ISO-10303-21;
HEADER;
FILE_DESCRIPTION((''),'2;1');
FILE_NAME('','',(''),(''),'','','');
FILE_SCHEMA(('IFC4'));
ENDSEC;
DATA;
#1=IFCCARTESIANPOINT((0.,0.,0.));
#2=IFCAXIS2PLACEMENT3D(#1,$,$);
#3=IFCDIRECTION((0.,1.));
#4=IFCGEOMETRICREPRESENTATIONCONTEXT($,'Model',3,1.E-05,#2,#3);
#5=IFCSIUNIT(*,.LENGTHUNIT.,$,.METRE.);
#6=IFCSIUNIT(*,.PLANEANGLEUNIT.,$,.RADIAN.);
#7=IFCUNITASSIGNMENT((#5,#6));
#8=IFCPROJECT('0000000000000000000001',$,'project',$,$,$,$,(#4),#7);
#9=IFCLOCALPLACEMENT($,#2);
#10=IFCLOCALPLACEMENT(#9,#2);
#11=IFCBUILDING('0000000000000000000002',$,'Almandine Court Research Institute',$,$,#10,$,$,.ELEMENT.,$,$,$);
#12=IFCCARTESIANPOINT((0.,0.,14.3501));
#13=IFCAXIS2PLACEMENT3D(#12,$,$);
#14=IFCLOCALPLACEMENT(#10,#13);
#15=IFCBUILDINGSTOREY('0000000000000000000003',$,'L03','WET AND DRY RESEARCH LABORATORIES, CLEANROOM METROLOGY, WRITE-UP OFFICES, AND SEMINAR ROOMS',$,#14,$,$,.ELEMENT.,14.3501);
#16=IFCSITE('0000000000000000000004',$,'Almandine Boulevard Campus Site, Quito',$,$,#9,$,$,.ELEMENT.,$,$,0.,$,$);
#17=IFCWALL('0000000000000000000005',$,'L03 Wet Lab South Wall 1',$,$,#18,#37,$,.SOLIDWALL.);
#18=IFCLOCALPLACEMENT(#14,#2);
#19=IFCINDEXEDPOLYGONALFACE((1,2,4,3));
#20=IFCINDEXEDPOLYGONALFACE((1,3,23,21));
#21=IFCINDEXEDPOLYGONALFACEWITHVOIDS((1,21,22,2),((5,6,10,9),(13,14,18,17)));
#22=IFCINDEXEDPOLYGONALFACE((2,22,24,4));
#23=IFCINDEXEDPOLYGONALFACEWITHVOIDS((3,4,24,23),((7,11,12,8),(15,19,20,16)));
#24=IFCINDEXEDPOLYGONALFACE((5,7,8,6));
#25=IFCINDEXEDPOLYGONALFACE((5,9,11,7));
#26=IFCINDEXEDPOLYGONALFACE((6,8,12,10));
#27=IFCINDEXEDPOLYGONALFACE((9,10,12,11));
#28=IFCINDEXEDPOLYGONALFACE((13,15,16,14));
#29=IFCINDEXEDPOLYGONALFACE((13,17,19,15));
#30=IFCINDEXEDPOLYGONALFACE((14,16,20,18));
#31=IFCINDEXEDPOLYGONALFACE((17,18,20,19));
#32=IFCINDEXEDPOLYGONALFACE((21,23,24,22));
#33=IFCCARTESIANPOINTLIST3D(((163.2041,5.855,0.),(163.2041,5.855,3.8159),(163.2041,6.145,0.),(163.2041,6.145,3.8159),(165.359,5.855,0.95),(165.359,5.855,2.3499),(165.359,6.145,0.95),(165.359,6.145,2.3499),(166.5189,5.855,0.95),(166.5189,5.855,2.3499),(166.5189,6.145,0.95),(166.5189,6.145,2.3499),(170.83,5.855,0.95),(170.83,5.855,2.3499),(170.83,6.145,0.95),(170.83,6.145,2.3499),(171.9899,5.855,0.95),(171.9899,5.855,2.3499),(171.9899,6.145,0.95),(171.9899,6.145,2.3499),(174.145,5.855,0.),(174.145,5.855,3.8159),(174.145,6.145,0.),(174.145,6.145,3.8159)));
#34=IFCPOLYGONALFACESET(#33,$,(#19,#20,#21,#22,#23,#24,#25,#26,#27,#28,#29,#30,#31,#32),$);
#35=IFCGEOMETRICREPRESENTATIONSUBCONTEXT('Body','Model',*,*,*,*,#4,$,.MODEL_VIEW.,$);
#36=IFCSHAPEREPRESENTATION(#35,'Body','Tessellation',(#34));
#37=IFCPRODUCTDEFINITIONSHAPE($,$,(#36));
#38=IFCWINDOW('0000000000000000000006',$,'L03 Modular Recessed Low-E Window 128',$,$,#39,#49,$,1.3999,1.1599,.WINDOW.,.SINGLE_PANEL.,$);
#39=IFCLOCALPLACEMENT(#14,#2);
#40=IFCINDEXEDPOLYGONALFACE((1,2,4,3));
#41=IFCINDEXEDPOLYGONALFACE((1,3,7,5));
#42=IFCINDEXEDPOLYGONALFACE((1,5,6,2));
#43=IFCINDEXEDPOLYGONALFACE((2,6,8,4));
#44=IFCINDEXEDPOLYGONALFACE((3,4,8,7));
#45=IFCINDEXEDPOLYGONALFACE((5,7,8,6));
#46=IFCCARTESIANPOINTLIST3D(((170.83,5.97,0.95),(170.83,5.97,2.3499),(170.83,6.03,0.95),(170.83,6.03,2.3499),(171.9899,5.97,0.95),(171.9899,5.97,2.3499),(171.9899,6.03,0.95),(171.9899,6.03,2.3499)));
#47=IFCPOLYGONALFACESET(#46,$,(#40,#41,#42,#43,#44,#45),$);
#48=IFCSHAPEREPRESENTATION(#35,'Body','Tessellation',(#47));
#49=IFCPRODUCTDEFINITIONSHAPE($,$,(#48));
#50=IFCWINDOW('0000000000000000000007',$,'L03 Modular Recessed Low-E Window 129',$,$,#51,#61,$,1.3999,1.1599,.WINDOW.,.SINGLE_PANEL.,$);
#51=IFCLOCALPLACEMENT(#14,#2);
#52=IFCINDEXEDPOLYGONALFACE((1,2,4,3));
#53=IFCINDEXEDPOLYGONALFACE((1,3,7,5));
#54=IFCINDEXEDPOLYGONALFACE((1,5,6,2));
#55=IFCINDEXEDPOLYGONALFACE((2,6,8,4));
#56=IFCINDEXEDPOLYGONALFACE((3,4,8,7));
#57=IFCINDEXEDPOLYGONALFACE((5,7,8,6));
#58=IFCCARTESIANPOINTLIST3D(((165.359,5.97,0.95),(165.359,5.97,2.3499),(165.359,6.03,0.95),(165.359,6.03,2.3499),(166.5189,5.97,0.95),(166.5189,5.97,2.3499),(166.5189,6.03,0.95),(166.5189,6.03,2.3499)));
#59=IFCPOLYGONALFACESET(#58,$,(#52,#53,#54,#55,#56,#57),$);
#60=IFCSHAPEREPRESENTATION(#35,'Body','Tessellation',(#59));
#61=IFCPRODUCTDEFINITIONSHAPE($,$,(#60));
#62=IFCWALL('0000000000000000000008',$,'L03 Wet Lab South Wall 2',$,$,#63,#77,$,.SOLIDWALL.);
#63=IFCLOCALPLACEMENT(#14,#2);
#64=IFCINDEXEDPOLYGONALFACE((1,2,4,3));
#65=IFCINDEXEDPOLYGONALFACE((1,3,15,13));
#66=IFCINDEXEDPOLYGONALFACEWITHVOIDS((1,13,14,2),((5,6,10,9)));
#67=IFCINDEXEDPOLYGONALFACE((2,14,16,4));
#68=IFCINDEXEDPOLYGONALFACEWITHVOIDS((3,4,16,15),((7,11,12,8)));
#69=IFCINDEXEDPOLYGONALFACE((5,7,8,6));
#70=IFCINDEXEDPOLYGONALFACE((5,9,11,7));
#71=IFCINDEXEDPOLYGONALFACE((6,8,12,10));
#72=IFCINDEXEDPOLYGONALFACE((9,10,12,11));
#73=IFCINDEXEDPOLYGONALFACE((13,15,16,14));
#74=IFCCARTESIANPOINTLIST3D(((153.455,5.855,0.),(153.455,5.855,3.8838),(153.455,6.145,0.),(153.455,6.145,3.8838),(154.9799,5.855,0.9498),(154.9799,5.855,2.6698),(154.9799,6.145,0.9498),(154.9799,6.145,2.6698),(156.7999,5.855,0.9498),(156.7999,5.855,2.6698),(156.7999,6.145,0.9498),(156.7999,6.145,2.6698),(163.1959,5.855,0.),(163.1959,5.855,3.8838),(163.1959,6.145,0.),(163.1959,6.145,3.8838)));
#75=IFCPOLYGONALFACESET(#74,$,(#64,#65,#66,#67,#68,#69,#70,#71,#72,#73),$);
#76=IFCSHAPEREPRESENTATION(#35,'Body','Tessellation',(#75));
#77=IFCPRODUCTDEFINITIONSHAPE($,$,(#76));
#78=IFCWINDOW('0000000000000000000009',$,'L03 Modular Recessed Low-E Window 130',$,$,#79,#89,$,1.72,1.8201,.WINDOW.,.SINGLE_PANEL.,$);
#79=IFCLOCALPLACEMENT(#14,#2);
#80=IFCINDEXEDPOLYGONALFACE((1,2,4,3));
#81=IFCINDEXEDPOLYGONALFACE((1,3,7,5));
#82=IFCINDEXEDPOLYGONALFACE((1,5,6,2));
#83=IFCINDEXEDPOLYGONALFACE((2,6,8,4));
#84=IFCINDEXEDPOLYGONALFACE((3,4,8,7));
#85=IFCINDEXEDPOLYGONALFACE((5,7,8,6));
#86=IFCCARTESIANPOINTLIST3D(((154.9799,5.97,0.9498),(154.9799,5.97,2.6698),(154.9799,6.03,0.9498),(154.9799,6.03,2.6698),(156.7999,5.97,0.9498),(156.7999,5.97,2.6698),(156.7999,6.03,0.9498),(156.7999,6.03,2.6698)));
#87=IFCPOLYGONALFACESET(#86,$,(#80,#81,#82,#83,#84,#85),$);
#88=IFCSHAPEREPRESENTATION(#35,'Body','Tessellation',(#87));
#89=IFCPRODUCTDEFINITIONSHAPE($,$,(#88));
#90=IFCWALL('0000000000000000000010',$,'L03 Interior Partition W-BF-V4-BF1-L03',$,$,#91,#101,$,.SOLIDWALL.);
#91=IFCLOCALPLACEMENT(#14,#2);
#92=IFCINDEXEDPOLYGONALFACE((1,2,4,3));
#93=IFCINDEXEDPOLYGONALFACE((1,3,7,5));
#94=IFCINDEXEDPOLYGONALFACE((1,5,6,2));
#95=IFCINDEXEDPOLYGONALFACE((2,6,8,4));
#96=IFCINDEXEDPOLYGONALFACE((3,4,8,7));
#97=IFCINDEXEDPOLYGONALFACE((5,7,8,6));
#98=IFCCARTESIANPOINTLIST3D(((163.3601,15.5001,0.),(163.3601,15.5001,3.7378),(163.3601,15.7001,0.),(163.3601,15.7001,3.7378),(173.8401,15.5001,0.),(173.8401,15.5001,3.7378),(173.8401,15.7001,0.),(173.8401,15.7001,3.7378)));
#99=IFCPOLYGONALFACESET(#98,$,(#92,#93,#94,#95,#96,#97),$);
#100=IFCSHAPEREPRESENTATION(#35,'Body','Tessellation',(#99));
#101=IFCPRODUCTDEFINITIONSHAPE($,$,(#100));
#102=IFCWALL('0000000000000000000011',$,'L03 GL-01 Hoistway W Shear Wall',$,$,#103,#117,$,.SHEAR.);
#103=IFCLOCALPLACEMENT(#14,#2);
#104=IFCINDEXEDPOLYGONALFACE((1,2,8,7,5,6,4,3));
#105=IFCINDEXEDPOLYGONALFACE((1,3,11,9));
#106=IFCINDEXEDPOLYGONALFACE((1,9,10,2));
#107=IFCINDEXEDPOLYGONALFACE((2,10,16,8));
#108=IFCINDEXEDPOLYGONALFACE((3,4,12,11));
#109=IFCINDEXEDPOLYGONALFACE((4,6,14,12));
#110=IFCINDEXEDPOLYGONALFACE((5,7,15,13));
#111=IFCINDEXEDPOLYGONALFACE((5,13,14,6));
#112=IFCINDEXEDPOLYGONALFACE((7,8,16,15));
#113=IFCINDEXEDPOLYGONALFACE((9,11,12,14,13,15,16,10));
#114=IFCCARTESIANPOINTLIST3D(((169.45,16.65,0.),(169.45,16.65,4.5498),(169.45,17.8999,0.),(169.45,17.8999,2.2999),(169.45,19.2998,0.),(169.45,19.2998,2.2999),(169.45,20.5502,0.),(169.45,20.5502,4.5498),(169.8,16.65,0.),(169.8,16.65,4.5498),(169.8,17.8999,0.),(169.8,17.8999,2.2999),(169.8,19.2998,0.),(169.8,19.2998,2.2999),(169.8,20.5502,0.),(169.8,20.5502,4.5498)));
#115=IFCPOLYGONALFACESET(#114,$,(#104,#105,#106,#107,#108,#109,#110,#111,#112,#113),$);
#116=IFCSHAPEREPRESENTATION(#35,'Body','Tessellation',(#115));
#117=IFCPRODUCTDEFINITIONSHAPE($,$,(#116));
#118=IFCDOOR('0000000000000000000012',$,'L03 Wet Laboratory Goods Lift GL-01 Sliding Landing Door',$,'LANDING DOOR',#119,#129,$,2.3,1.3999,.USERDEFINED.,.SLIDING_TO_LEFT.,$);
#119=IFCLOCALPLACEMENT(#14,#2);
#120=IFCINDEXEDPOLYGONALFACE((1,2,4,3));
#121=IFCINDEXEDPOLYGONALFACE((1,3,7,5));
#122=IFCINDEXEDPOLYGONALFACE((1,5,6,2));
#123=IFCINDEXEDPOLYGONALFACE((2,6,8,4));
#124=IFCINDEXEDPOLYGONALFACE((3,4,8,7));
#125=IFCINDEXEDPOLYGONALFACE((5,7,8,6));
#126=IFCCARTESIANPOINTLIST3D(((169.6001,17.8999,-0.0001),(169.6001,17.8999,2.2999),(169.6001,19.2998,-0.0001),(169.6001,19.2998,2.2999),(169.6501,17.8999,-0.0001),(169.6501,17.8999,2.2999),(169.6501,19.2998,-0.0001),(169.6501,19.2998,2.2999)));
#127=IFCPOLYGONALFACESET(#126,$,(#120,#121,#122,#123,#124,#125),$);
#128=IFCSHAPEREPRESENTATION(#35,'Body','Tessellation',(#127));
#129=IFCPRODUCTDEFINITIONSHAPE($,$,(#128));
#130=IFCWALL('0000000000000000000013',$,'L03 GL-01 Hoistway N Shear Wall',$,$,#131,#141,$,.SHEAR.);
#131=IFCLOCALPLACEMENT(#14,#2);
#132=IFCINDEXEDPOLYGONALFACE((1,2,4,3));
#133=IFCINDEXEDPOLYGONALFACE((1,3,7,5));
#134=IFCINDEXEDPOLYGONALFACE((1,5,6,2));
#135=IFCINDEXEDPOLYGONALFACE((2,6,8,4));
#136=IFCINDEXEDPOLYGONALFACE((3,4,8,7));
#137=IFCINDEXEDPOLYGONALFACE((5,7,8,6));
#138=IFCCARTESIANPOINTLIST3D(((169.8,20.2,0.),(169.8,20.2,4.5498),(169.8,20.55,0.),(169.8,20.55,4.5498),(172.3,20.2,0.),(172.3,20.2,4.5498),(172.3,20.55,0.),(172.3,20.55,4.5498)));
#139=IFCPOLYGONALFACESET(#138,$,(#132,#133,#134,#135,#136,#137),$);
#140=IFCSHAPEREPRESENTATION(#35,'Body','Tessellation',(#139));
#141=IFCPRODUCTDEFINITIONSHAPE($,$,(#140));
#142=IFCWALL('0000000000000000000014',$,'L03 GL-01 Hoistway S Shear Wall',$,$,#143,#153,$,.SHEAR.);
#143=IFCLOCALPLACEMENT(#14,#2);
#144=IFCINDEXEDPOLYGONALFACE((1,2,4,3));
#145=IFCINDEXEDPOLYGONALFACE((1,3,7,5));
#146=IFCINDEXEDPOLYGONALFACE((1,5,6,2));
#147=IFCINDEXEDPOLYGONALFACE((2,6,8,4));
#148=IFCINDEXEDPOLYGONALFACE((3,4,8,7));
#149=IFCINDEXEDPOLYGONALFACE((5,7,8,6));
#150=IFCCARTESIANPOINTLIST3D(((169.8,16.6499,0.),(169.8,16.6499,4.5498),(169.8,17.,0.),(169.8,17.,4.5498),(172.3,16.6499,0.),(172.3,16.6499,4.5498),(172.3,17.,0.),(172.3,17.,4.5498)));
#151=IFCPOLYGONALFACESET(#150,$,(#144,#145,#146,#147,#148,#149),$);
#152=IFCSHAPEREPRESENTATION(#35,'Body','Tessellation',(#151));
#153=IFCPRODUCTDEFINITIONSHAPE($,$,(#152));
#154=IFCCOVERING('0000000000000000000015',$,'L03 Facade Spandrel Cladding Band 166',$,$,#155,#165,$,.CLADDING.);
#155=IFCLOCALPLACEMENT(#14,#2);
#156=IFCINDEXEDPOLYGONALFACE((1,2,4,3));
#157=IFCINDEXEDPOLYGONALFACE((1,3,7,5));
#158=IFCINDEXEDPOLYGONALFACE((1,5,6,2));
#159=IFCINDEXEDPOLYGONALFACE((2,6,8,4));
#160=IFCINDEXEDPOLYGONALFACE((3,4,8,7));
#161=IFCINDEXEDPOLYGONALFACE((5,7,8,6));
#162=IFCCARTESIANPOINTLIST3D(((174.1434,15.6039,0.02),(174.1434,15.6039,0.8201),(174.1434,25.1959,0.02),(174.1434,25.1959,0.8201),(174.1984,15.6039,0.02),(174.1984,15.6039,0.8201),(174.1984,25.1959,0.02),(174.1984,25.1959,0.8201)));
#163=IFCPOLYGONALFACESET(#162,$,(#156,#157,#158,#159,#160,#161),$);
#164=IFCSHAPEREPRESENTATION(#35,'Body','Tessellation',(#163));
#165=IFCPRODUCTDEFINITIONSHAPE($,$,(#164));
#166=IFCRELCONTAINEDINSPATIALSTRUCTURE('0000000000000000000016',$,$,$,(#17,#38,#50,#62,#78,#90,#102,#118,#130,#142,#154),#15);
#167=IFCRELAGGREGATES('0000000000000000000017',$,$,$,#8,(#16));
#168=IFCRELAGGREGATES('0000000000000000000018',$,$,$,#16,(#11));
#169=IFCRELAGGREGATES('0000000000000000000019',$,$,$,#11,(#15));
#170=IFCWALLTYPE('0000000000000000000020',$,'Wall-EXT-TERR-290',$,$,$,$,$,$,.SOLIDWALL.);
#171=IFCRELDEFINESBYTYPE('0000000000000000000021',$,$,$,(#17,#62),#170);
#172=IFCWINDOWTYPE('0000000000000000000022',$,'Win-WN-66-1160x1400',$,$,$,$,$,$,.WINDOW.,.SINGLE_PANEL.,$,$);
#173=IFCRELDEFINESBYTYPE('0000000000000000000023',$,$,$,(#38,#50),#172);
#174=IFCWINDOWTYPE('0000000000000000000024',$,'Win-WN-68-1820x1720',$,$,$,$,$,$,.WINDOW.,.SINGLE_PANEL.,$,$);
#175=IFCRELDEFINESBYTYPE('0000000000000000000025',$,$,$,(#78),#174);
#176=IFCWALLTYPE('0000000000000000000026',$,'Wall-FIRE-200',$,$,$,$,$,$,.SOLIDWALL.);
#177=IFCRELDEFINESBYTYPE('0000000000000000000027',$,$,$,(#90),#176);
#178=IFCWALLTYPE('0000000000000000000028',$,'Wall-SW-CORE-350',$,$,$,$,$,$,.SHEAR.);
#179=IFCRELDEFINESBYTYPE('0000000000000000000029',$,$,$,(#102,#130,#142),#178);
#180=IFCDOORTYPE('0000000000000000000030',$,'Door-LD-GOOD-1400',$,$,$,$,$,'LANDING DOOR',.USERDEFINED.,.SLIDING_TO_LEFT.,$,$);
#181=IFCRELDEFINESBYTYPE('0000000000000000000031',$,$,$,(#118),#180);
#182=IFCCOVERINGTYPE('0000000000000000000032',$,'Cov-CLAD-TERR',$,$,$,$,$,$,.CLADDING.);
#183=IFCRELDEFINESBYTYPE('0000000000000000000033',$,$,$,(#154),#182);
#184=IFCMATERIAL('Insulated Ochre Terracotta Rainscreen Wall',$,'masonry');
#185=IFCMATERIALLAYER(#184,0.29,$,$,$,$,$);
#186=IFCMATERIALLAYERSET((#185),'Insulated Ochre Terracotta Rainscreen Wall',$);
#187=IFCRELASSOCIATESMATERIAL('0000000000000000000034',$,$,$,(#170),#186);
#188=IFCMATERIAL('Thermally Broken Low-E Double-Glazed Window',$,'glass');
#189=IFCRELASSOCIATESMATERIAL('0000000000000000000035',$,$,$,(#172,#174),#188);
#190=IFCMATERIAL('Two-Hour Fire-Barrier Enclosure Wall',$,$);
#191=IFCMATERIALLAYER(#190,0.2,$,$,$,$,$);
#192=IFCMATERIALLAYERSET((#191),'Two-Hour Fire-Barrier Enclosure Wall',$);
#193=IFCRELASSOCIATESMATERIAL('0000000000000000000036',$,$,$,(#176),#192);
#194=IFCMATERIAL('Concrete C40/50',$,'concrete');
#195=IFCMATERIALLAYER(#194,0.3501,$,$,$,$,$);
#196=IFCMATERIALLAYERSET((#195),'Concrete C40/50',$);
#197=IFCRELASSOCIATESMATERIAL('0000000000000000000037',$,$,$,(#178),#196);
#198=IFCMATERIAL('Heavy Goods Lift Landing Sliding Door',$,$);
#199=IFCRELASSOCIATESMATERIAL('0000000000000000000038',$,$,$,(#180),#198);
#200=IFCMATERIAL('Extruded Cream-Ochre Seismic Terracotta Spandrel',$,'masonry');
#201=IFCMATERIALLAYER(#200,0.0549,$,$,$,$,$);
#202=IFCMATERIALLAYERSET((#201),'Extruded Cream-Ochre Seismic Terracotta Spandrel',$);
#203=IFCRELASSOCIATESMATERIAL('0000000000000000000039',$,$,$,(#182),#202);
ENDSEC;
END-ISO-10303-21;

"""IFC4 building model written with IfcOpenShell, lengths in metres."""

from ifc_helpers import new_model, si_unit, direction, frame, frame_2d, origin, origin_2d, place, context, subcontext, project, spatial, rectangle, extrude, material, layer, layer_set, type_object, element, fill, save


model = new_model("IFC4")

# Units and contexts
model_context = context("Model", 3, precision=1e-05, world=origin(), true_north=direction((0.0, 1.0)))
body_context = subcontext(model_context, "Body", "Model", "MODEL_VIEW")
ifc_project = project(units=[si_unit("LENGTHUNIT", "METRE"), si_unit("PLANEANGLEUNIT", "RADIAN")], contexts=[model_context])

# Site, building, storey
site_placement = place(None, origin())
site = spatial("IfcSite", under=ifc_project, at=site_placement, Name="Almandine Boulevard Campus Site, Quito", CompositionType="ELEMENT", RefElevation=0.0)
building_placement = place(site_placement, origin())
building = spatial("IfcBuilding", under=site, at=building_placement, Name="Almandine Court Research Institute", CompositionType="ELEMENT")
storey_placement = place(building_placement, frame((0.0, 0.0, 14.3501)))
storey = spatial("IfcBuildingStorey", under=building, at=storey_placement, Name="L03", Description="WET AND DRY RESEARCH LABORATORIES, CLEANROOM METROLOGY, WRITE-UP OFFICES, AND SEMINAR ROOMS", CompositionType="ELEMENT", Elevation=14.3501)

# Shared definitions
ifc_material_1 = material(Name="Insulated Ochre Terracotta Rainscreen Wall", Category="masonry")
ifc_layer_1 = layer(ifc_material_1, 0.29)
ifc_layer_set_1 = layer_set([ifc_layer_1], Name="Insulated Ochre Terracotta Rainscreen Wall")
wall_type_1 = type_object("IfcWallType", Name="Wall-EXT-TERR-290", PredefinedType="SOLIDWALL", material=ifc_layer_set_1)
ifc_material_2 = material(Name="Thermally Broken Low-E Double-Glazed Window", Category="glass")

# Wall, openings, windows
wall_1_placement = place(storey_placement, frame((174.145, 6.0, 0.0), z_axis=(0.0, 0.0, 1.0), x_axis=(-1.0, 0.0, 0.0)))
wall_1 = element("IfcWall", 1, at=wall_1_placement, inside=storey, type_object=wall_type_1, Name="L03 Wet Lab South Wall 1", PredefinedType="SOLIDWALL", context=body_context, shape_type="SweptSolid", body=[
    extrude(rectangle(XDim=10.9409, YDim=0.29, at=frame_2d((5.4705, 0.0))), origin(), (0.0, 0.0, 1.0), 3.8159),
])
opening_1_placement = place(wall_1_placement, frame((2.155, 0.0, 0.95)))
opening_1 = element("IfcOpeningElement", 2, at=opening_1_placement, cuts=wall_1, PredefinedType="OPENING", context=body_context, shape_type="SweptSolid", body=[
    extrude(rectangle(XDim=1.1599, YDim=1.3999, at=frame_2d((0.5801, 0.7))), frame((0.0, 0.155, 0.0), z_axis=(0.0, -1.0, 0.0), x_axis=(1.0, 0.0, 0.0)), (0.0, 0.0, 1.0), 0.3101),
])
opening_2_placement = place(wall_1_placement, frame((7.626, 0.0, 0.95)))
opening_2 = element("IfcOpeningElement", 3, at=opening_2_placement, cuts=wall_1, PredefinedType="OPENING", context=body_context, shape_type="SweptSolid", body=[
    extrude(rectangle(XDim=1.1599, YDim=1.3999, at=frame_2d((0.5801, 0.7))), frame((0.0, 0.155, 0.0), z_axis=(0.0, -1.0, 0.0), x_axis=(1.0, 0.0, 0.0)), (0.0, 0.0, 1.0), 0.3101),
])
window_type_1 = type_object("IfcWindowType", Name="Win-WN-66-1160x1400", PartitioningType="SINGLE_PANEL", PredefinedType="WINDOW", material=ifc_material_2)
window_1_placement = place(opening_1_placement, origin())
window_1 = element("IfcWindow", 4, at=window_1_placement, inside=storey, type_object=window_type_1, Name="L03 Modular Recessed Low-E Window 128", OverallHeight=1.3999, OverallWidth=1.1599, PartitioningType="SINGLE_PANEL", PredefinedType="WINDOW", context=body_context, shape_type="SweptSolid", body=[
    extrude(rectangle(XDim=1.1599, YDim=1.3999, at=frame_2d((0.5801, 0.7))), frame((0.0, 0.03, 0.0), z_axis=(0.0, -1.0, 0.0), x_axis=(1.0, 0.0, 0.0)), (0.0, 0.0, 1.0), 0.0601),
])
fill(opening_1, window_1)
window_2_placement = place(opening_2_placement, origin())
window_2 = element("IfcWindow", 5, at=window_2_placement, inside=storey, type_object=window_type_1, Name="L03 Modular Recessed Low-E Window 129", OverallHeight=1.3999, OverallWidth=1.1599, PartitioningType="SINGLE_PANEL", PredefinedType="WINDOW", context=body_context, shape_type="SweptSolid", body=[
    extrude(rectangle(XDim=1.1599, YDim=1.3999, at=frame_2d((0.5801, 0.7))), frame((0.0, 0.03, 0.0), z_axis=(0.0, -1.0, 0.0), x_axis=(1.0, 0.0, 0.0)), (0.0, 0.0, 1.0), 0.0601),
])
fill(opening_2, window_2)

# Wall, opening, window
wall_2_placement = place(storey_placement, frame((163.196, 6.0, 0.0), z_axis=(0.0, 0.0, 1.0), x_axis=(-1.0, 0.0, 0.0)))
wall_2 = element("IfcWall", 6, at=wall_2_placement, inside=storey, type_object=wall_type_1, Name="L03 Wet Lab South Wall 2", PredefinedType="SOLIDWALL", context=body_context, shape_type="SweptSolid", body=[
    extrude(rectangle(XDim=9.741, YDim=0.29, at=frame_2d((4.8706, 0.0))), origin(), (0.0, 0.0, 1.0), 3.8838),
])
opening_3_placement = place(wall_2_placement, frame((6.396, 0.0, 0.95)))
opening_3 = element("IfcOpeningElement", 7, at=opening_3_placement, cuts=wall_2, PredefinedType="OPENING", context=body_context, shape_type="SweptSolid", body=[
    extrude(rectangle(XDim=1.8201, YDim=1.72, at=frame_2d((0.9102, 0.8599))), frame((0.0, 0.155, 0.0), z_axis=(0.0, -1.0, 0.0), x_axis=(1.0, 0.0, 0.0)), (0.0, 0.0, 1.0), 0.3101),
])
window_type_2 = type_object("IfcWindowType", Name="Win-WN-68-1820x1720", PartitioningType="SINGLE_PANEL", PredefinedType="WINDOW", material=ifc_material_2)
window_3_placement = place(opening_3_placement, origin())
window_3 = element("IfcWindow", 8, at=window_3_placement, inside=storey, type_object=window_type_2, Name="L03 Modular Recessed Low-E Window 130", OverallHeight=1.72, OverallWidth=1.8201, PartitioningType="SINGLE_PANEL", PredefinedType="WINDOW", context=body_context, shape_type="SweptSolid", body=[
    extrude(rectangle(XDim=1.8201, YDim=1.72, at=frame_2d((0.9102, 0.8599))), frame((0.0, 0.03, 0.0), z_axis=(0.0, -1.0, 0.0), x_axis=(1.0, 0.0, 0.0)), (0.0, 0.0, 1.0), 0.0601),
])
fill(opening_3, window_3)

# Wall
ifc_material_3 = material(Name="Two-Hour Fire-Barrier Enclosure Wall")
ifc_layer_2 = layer(ifc_material_3, 0.2)
ifc_layer_set_2 = layer_set([ifc_layer_2], Name="Two-Hour Fire-Barrier Enclosure Wall")
wall_type_2 = type_object("IfcWallType", Name="Wall-FIRE-200", PredefinedType="SOLIDWALL", material=ifc_layer_set_2)
wall_3_placement = place(storey_placement, frame((163.3601, 15.6001, 0.0), z_axis=(0.0, 0.0, 1.0), x_axis=(1.0, 0.0, 0.0)))
element("IfcWall", 9, at=wall_3_placement, inside=storey, type_object=wall_type_2, Name="L03 Interior Partition W-BF-V4-BF1-L03", PredefinedType="SOLIDWALL", context=body_context, shape_type="SweptSolid", body=[
    extrude(rectangle(XDim=10.48, YDim=0.2, at=frame_2d((5.24, 0.0))), origin(), (0.0, 0.0, 1.0), 3.7378),
])

# Wall, opening, door
ifc_material_4 = material(Name="Concrete C40/50", Category="concrete")
ifc_layer_3 = layer(ifc_material_4, 0.3501)
ifc_layer_set_3 = layer_set([ifc_layer_3], Name="Concrete C40/50")
wall_type_3 = type_object("IfcWallType", Name="Wall-SW-CORE-350", PredefinedType="SHEAR", material=ifc_layer_set_3)
wall_4_placement = place(storey_placement, frame((169.625, 16.6499, 0.0), z_axis=(0.0, 0.0, 1.0), x_axis=(0.0, 1.0, 0.0)))
wall_4 = element("IfcWall", 10, at=wall_4_placement, inside=storey, type_object=wall_type_3, Name="L03 GL-01 Hoistway W Shear Wall", PredefinedType="SHEAR", context=body_context, shape_type="SweptSolid", body=[
    extrude(rectangle(XDim=3.9001, YDim=0.3501, at=frame_2d((1.9502, 0.0))), origin(), (0.0, 0.0, 1.0), 4.5498),
])
opening_4_placement = place(wall_4_placement, frame((1.25, 0.0, 0.0)))
opening_4 = element("IfcOpeningElement", 11, at=opening_4_placement, cuts=wall_4, PredefinedType="OPENING", context=body_context, shape_type="SweptSolid", body=[
    extrude(rectangle(XDim=1.3999, YDim=2.3, at=frame_2d((0.7, 1.1499))), frame((0.0, 0.1851, 0.0), z_axis=(0.0, -1.0, 0.0), x_axis=(1.0, 0.0, 0.0)), (0.0, 0.0, 1.0), 0.3701),
])
ifc_material_5 = material(Name="Heavy Goods Lift Landing Sliding Door")
door_type = type_object("IfcDoorType", Name="Door-LD-GOOD-1400", ElementType="LANDING DOOR", OperationType="SLIDING_TO_LEFT", PredefinedType="USERDEFINED", material=ifc_material_5)
door_placement = place(opening_4_placement, origin())
door = element("IfcDoor", 12, at=door_placement, inside=storey, type_object=door_type, Name="L03 Wet Laboratory Goods Lift GL-01 Sliding Landing Door", ObjectType="LANDING DOOR", OperationType="SLIDING_TO_LEFT", OverallHeight=2.3, OverallWidth=1.3999, PredefinedType="USERDEFINED", context=body_context, shape_type="SweptSolid", body=[
    extrude(rectangle(XDim=1.3999, YDim=2.3, at=frame_2d((0.7, 1.1499))), frame((0.0, 0.0249, 0.0), z_axis=(0.0, -1.0, 0.0), x_axis=(1.0, 0.0, 0.0)), (0.0, 0.0, 1.0), 0.05),
])
fill(opening_4, door)

# Walls
for number, where, z_axis, x_axis, name in (
    (13, (169.8, 20.375, 0.0), (0.0, 0.0, 1.0), (1.0, 0.0, 0.0), "L03 GL-01 Hoistway N Shear Wall"),
    (14, (172.3, 16.825, 0.0), (0.0, 0.0, 1.0), (-1.0, 0.0, 0.0), "L03 GL-01 Hoistway S Shear Wall"),
):
    element("IfcWall", number, at=place(storey_placement, frame(where, z_axis=z_axis, x_axis=x_axis)), inside=storey, type_object=wall_type_3, Name=name, PredefinedType="SHEAR", context=body_context, shape_type="SweptSolid", body=[
        extrude(rectangle(XDim=2.5, YDim=0.3501, at=frame_2d((1.25, 0.0))), origin(), (0.0, 0.0, 1.0), 4.5498),
    ])

# Covering
ifc_material_6 = material(Name="Extruded Cream-Ochre Seismic Terracotta Spandrel", Category="masonry")
ifc_layer_4 = layer(ifc_material_6, 0.0549)
ifc_layer_set_4 = layer_set([ifc_layer_4], Name="Extruded Cream-Ochre Seismic Terracotta Spandrel")
covering_type = type_object("IfcCoveringType", Name="Cov-CLAD-TERR", PredefinedType="CLADDING", material=ifc_layer_set_4)
covering_1_placement = place(storey_placement, frame((174.1709, 20.3999, 0.02), z_axis=(0.0, 0.0, 1.0), x_axis=(0.0, -1.0, 0.0)))
element("IfcCovering", 15, at=covering_1_placement, inside=storey, type_object=covering_type, Name="L03 Facade Spandrel Cladding Band 166", PredefinedType="CLADDING", context=body_context, shape_type="SweptSolid", body=[
    extrude(rectangle(XDim=9.592, YDim=0.0549, at=origin_2d()), origin(), (0.0, 0.0, 1.0), 0.8),
])

save(model, "model.ifc")
